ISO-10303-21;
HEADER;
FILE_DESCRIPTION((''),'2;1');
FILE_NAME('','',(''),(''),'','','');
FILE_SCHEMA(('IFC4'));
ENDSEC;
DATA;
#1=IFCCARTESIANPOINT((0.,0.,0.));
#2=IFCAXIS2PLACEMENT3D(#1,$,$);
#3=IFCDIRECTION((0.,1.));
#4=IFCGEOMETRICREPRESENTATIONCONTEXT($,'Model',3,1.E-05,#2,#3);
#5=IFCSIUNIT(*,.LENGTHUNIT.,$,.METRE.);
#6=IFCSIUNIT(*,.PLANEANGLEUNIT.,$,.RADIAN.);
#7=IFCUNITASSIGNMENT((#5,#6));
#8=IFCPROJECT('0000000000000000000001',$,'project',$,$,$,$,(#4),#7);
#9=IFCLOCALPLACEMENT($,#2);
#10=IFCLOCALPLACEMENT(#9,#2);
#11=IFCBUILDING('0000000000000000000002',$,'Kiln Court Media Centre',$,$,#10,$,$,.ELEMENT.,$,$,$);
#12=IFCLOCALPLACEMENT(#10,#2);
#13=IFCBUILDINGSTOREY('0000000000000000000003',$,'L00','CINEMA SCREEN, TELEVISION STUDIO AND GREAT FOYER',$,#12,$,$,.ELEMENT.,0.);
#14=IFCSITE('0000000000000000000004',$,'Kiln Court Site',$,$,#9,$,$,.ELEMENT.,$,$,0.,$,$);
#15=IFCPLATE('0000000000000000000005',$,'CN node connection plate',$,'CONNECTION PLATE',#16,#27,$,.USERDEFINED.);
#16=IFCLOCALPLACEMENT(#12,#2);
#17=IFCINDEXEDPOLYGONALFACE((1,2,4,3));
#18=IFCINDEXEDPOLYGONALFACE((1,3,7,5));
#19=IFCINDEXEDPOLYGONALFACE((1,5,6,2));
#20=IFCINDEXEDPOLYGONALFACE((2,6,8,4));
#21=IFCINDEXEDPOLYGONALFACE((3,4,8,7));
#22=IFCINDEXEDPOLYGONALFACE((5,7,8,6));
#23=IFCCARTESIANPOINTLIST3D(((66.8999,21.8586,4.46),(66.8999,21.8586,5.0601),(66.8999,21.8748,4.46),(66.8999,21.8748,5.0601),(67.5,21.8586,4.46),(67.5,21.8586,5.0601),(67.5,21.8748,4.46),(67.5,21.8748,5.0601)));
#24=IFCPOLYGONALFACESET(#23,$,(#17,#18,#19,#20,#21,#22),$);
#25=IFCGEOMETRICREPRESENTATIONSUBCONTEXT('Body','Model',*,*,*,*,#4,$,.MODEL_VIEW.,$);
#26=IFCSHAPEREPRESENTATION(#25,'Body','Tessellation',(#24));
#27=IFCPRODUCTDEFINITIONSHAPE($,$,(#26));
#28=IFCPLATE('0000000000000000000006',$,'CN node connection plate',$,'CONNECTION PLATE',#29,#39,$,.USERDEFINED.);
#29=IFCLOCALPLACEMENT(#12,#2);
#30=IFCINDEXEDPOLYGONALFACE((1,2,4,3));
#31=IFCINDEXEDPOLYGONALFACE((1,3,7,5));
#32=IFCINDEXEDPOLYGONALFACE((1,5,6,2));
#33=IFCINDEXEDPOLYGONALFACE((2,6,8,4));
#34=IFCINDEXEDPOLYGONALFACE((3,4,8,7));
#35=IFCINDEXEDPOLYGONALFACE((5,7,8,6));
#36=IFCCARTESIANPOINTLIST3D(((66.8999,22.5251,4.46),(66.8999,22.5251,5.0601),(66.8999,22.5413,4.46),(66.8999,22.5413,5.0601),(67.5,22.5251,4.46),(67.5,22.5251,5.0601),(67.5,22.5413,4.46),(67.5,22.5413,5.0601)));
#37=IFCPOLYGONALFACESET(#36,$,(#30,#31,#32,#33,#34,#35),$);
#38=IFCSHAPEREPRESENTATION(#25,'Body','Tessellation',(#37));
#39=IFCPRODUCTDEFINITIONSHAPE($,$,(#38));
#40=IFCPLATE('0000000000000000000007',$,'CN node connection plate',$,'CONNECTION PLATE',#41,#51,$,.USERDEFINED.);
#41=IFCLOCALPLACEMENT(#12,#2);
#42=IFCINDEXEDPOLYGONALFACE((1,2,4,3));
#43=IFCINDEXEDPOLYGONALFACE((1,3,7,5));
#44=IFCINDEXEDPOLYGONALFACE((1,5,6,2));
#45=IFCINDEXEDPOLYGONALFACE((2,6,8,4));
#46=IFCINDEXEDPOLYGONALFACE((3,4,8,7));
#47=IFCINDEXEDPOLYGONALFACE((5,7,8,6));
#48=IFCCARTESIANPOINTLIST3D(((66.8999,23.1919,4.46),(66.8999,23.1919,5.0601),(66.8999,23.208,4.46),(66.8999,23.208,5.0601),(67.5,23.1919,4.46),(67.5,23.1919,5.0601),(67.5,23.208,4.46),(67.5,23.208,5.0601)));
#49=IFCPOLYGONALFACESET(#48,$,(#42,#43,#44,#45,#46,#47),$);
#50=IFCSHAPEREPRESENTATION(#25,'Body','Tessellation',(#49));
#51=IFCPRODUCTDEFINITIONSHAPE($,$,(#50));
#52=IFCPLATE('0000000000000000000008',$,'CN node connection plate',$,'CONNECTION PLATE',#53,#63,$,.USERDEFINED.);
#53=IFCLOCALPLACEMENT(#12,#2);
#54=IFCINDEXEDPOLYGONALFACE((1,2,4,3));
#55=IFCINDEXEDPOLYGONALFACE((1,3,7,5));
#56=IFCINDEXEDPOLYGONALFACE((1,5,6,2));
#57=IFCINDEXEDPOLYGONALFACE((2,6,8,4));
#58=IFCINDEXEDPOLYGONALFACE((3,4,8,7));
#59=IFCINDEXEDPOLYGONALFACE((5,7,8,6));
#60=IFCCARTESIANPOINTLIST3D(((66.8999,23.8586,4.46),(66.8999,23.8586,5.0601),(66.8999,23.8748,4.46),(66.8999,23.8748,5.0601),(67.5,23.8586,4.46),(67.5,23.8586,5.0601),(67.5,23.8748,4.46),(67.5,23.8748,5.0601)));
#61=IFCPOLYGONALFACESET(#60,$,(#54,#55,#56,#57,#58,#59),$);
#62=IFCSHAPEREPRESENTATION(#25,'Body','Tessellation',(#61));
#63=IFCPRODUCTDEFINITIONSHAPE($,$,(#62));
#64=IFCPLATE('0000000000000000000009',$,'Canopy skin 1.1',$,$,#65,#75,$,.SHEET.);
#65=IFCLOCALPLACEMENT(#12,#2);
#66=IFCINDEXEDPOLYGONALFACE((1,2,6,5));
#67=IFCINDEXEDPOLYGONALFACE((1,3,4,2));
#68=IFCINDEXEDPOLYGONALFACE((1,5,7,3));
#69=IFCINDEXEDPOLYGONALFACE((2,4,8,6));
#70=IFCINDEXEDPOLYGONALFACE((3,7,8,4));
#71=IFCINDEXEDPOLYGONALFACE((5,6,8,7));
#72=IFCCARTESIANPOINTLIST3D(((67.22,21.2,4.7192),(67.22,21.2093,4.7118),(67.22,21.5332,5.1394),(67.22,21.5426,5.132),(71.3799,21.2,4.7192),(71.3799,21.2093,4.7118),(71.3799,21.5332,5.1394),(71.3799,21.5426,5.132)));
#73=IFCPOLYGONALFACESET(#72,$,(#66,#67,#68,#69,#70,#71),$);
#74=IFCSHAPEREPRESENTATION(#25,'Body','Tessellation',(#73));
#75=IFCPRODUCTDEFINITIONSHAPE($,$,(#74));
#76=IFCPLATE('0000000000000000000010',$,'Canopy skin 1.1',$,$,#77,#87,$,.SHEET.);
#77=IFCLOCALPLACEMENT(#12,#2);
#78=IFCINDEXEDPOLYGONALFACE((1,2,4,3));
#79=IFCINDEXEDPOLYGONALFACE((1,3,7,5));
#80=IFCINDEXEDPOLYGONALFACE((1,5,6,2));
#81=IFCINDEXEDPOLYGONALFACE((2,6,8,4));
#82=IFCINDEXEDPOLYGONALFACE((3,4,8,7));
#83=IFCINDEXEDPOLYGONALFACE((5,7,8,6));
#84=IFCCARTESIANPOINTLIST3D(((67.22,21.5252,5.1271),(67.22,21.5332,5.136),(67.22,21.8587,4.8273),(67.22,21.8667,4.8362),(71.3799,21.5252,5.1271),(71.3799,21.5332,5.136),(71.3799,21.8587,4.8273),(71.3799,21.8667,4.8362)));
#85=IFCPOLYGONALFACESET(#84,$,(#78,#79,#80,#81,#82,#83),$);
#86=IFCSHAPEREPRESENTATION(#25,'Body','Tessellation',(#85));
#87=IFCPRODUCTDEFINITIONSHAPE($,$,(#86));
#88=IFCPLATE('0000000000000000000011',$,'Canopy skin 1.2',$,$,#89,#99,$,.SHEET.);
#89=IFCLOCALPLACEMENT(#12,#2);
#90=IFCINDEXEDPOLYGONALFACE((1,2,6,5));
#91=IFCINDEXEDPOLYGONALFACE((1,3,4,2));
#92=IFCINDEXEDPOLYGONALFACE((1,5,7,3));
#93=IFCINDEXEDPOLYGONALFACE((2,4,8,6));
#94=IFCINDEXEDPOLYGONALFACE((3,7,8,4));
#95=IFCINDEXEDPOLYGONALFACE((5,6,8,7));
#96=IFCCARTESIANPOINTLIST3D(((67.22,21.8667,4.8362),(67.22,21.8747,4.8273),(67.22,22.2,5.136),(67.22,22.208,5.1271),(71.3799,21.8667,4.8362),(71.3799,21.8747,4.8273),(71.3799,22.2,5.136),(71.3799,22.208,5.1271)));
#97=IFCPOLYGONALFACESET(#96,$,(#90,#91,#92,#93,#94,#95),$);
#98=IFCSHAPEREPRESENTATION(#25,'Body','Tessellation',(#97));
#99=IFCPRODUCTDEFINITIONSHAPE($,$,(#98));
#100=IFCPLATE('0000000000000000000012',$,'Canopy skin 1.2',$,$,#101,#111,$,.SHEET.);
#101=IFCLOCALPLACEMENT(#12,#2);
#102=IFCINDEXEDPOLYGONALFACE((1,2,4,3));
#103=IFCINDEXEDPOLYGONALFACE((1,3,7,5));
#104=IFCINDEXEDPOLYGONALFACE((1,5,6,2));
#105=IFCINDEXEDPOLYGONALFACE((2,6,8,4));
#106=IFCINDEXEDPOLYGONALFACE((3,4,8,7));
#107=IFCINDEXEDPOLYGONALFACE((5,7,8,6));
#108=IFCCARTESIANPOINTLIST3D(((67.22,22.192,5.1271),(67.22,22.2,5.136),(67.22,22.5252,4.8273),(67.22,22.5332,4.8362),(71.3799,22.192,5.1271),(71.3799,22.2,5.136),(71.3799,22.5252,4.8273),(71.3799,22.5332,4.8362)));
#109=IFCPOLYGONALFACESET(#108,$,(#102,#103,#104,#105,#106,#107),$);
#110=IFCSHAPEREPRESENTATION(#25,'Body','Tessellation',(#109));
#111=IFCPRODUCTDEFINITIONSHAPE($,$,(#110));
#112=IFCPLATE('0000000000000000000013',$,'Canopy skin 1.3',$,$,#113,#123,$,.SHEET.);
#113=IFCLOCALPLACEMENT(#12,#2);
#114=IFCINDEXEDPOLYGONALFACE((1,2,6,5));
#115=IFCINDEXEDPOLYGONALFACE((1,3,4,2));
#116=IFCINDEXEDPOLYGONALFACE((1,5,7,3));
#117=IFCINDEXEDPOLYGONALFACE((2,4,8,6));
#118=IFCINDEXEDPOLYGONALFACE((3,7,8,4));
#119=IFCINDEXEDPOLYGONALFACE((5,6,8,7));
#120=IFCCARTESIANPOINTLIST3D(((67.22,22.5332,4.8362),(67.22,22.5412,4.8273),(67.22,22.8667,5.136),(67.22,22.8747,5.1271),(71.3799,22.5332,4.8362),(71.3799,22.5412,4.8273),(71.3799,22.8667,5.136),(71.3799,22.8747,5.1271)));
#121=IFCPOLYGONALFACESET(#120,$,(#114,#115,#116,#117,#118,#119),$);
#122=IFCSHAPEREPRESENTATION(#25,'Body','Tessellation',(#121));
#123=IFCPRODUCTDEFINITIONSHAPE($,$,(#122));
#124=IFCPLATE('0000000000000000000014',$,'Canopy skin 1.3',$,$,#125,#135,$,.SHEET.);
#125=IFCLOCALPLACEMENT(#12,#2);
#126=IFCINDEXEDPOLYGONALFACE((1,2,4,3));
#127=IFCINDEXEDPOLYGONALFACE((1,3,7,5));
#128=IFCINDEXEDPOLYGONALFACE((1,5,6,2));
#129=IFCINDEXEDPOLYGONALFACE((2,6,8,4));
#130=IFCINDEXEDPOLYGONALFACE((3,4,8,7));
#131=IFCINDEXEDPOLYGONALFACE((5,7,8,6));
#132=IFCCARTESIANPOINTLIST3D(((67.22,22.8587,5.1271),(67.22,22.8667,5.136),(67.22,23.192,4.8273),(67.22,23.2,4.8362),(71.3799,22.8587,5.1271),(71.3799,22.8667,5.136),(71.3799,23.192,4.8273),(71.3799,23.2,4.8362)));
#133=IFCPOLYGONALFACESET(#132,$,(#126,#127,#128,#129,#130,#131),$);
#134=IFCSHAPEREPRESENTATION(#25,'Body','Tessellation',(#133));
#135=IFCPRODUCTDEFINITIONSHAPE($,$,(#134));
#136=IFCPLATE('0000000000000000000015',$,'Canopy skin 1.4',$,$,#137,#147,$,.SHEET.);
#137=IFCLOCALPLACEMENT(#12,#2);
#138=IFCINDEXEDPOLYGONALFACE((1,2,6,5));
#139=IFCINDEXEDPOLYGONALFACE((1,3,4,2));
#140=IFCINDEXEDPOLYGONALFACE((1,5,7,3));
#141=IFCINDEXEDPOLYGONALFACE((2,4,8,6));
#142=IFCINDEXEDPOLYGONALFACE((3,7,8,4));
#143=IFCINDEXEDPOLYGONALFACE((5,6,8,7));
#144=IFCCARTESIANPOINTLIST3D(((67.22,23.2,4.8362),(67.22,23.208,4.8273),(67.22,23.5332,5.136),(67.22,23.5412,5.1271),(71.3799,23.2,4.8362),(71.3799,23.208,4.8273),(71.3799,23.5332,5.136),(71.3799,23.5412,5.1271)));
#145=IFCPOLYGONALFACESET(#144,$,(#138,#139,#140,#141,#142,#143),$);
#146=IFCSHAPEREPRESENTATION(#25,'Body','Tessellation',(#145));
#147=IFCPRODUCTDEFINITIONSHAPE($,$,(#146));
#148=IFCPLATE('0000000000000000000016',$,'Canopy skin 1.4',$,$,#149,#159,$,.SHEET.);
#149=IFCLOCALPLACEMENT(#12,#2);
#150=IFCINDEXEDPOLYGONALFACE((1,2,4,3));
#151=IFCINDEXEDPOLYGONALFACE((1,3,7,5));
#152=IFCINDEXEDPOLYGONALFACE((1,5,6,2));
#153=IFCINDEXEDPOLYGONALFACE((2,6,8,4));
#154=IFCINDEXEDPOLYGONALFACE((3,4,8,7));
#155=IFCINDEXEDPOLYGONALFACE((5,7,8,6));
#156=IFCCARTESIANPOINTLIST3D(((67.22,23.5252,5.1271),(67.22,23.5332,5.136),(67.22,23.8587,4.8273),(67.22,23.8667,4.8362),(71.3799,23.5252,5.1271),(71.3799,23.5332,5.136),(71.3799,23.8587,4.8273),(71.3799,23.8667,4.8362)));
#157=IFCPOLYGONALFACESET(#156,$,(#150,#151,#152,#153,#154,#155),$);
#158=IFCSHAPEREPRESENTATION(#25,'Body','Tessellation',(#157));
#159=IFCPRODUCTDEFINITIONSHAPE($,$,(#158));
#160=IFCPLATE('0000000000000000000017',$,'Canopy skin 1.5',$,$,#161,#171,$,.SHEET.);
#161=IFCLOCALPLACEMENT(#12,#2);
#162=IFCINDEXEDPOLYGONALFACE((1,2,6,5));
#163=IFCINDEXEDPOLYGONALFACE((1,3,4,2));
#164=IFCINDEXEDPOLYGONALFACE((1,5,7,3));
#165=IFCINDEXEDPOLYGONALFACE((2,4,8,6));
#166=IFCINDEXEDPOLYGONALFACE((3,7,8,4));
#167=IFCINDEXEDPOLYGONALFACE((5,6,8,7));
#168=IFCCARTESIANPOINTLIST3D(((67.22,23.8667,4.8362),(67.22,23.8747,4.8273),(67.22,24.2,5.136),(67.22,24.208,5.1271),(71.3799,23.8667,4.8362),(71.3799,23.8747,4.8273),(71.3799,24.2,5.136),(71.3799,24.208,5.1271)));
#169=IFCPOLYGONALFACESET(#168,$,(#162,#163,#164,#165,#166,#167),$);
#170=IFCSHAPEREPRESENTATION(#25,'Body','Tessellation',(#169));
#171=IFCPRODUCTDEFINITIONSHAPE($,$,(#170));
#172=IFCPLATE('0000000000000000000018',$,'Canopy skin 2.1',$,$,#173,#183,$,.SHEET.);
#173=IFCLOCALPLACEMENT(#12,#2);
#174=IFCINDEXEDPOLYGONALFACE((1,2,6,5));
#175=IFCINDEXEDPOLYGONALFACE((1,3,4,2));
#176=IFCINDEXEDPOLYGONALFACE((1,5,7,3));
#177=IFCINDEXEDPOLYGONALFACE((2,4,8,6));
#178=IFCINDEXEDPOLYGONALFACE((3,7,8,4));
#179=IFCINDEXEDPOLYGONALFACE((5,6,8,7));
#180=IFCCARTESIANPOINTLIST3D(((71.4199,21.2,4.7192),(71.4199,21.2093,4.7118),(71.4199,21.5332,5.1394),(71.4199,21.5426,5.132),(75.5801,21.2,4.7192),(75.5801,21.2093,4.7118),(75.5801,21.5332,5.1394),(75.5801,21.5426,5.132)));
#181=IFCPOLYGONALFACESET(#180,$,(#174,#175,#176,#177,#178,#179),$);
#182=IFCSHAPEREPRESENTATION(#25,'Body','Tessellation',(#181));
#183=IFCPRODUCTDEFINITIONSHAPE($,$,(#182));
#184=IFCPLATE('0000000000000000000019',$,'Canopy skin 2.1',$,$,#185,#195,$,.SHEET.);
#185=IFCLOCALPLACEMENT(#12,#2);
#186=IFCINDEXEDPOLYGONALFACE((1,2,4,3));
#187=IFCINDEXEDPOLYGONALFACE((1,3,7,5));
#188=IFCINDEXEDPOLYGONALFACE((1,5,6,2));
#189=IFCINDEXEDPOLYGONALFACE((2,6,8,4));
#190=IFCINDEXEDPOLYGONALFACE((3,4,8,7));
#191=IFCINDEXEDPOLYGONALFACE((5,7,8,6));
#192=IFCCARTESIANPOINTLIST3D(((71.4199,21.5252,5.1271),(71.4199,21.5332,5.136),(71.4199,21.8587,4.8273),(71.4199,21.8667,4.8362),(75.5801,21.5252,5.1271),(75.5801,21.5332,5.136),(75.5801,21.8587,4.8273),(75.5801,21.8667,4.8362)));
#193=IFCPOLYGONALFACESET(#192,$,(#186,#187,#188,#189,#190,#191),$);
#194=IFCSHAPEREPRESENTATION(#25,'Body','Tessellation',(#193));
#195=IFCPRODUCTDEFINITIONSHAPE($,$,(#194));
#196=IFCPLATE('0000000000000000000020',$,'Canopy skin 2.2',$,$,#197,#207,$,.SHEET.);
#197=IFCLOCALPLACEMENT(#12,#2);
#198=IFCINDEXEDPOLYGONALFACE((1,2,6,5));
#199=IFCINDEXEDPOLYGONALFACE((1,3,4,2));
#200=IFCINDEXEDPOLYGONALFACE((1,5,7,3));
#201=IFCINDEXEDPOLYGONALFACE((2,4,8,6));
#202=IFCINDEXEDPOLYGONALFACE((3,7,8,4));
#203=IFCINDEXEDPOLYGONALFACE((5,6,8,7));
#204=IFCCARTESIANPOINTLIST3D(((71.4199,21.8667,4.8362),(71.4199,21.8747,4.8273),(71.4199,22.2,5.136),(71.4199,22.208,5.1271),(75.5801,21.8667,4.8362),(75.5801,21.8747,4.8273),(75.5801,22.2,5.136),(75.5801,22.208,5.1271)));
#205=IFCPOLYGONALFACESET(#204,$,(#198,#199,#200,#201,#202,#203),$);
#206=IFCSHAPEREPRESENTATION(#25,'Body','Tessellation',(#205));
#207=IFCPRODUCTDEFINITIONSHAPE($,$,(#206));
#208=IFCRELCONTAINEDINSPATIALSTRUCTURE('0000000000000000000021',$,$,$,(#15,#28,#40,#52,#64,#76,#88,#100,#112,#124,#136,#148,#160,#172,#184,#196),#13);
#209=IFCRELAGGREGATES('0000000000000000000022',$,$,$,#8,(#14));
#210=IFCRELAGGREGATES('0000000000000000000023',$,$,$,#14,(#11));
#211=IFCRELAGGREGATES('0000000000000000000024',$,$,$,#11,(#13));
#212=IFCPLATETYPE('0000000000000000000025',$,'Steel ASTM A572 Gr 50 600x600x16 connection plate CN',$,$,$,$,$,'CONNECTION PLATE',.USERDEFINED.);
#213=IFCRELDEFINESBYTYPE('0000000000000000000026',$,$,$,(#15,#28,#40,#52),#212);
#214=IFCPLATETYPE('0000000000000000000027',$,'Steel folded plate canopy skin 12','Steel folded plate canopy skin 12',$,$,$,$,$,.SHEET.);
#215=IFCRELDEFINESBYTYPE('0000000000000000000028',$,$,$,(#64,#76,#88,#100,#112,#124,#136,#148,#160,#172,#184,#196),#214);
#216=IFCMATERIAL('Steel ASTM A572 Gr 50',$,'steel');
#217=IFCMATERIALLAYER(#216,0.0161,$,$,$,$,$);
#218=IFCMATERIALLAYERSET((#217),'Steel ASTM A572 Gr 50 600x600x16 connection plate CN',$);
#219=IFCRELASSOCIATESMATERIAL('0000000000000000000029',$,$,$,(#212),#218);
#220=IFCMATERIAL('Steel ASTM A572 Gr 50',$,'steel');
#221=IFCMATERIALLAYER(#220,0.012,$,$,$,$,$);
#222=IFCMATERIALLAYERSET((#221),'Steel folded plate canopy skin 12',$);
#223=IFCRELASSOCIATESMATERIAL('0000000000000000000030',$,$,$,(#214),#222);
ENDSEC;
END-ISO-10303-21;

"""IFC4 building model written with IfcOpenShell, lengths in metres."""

from ifc_helpers import new_model, si_unit, direction, frame, origin, origin_2d, place, context, subcontext, project, spatial, polyline, rectangle, outline, extrude, material, layer, layer_set, type_object, element, save


model = new_model("IFC4")

# Units and contexts
model_context = context("Model", 3, precision=1e-05, world=origin(), true_north=direction((0.0, 1.0)))
body_context = subcontext(model_context, "Body", "Model", "MODEL_VIEW")
ifc_project = project(units=[si_unit("LENGTHUNIT", "METRE"), si_unit("PLANEANGLEUNIT", "RADIAN")], contexts=[model_context])

# Site, building, storey
site_placement = place(None, origin())
site = spatial("IfcSite", under=ifc_project, at=site_placement, Name="Kiln Court Site", CompositionType="ELEMENT", RefElevation=0.0)
building_placement = place(site_placement, origin())
building = spatial("IfcBuilding", under=site, at=building_placement, Name="Kiln Court Media Centre", CompositionType="ELEMENT")
storey_placement = place(building_placement, origin())
storey = spatial("IfcBuildingStorey", under=building, at=storey_placement, Name="L00", Description="CINEMA SCREEN, TELEVISION STUDIO AND GREAT FOYER", CompositionType="ELEMENT", Elevation=0.0)

# Plates
ifc_material_1 = material(Name="Steel ASTM A572 Gr 50", Category="steel")
ifc_layer_1 = layer(ifc_material_1, 0.0161)
ifc_layer_set_1 = layer_set([ifc_layer_1], Name="Steel ASTM A572 Gr 50 600x600x16 connection plate CN")
plate_type_1 = type_object("IfcPlateType", Name="Steel ASTM A572 Gr 50 600x600x16 connection plate CN", ElementType="CONNECTION PLATE", PredefinedType="USERDEFINED", material=ifc_layer_set_1)
for number, where, z_axis, x_axis, name in (
    (1, (67.2, 21.8667, 4.46), (0.0, 0.0, 1.0), (1.0, 0.0, 0.0), "CN node connection plate"),
    (2, (67.2, 22.5332, 4.46), (0.0, 0.0, 1.0), (1.0, 0.0, 0.0), "CN node connection plate"),
    (3, (67.2, 23.2, 4.46), (0.0, 0.0, 1.0), (1.0, 0.0, 0.0), "CN node connection plate"),
    (4, (67.2, 23.8667, 4.46), (0.0, 0.0, 1.0), (1.0, 0.0, 0.0), "CN node connection plate"),
):
    element("IfcPlate", number, at=place(storey_placement, frame(where, z_axis=z_axis, x_axis=x_axis)), inside=storey, type_object=plate_type_1, Name=name, ObjectType="CONNECTION PLATE", PredefinedType="USERDEFINED", context=body_context, shape_type="SweptSolid", body=[
        extrude(rectangle(XDim=0.6001, YDim=0.0161, at=origin_2d()), origin(), (0.0, 0.0, 1.0), 0.6001),
    ])
ifc_material_2 = material(Name="Steel ASTM A572 Gr 50", Category="steel")
ifc_layer_2 = layer(ifc_material_2, 0.012)
ifc_layer_set_2 = layer_set([ifc_layer_2], Name="Steel folded plate canopy skin 12")
plate_type_2 = type_object("IfcPlateType", Name="Steel folded plate canopy skin 12", Description="Steel folded plate canopy skin 12", PredefinedType="SHEET", material=ifc_layer_set_2)
plate_1_placement = place(storey_placement, frame((67.22, 21.2, 4.7192), z_axis=(0.0, -0.783482, 0.621414), x_axis=(1.0, 0.0, 0.0)))
element("IfcPlate", 5, at=plate_1_placement, inside=storey, type_object=plate_type_2, Name="Canopy skin 1.1", PredefinedType="SHEET", context=body_context, shape_type="SweptSolid", body=[
    extrude(outline(polyline([(0.0, 0.0), (4.1599, 0.0), (4.1599, 0.5363), (0.0, 0.5363), (0.0, 0.0)])), origin(), (0.0, 0.0, -1.0), 0.012),
])
plate_2_placement = place(storey_placement, frame((67.22, 21.5332, 5.136), z_axis=(0.0, 0.668544, 0.743673), x_axis=(1.0, 0.0, 0.0)))
element("IfcPlate", 6, at=plate_2_placement, inside=storey, type_object=plate_type_2, Name="Canopy skin 1.1", PredefinedType="SHEET", context=body_context, shape_type="SweptSolid", body=[
    extrude(outline(polyline([(0.0, 0.0), (4.1599, 0.0), (4.1599, 0.4484), (0.0, 0.4484), (0.0, 0.0)])), origin(), (0.0, 0.0, -1.0), 0.012),
])
for number, where, z_axis, x_axis, name in (
    (7, (67.22, 21.8667, 4.8362), (0.0, -0.668814, 0.74343), (1.0, 0.0, 0.0), "Canopy skin 1.2"),
    (8, (67.22, 22.2, 5.136), (0.0, 0.668814, 0.74343), (1.0, 0.0, 0.0), "Canopy skin 1.2"),
):
    element("IfcPlate", number, at=place(storey_placement, frame(where, z_axis=z_axis, x_axis=x_axis)), inside=storey, type_object=plate_type_2, Name=name, PredefinedType="SHEET", context=body_context, shape_type="SweptSolid", body=[
        extrude(outline(polyline([(0.0, 0.0), (4.1599, 0.0), (4.1599, 0.4483), (0.0, 0.4483), (0.0, 0.0)])), origin(), (0.0, 0.0, -1.0), 0.012),
    ])
plate_3_placement = place(storey_placement, frame((67.22, 22.5332, 4.8362), z_axis=(0.0, -0.668544, 0.743673), x_axis=(1.0, 0.0, 0.0)))
element("IfcPlate", 9, at=plate_3_placement, inside=storey, type_object=plate_type_2, Name="Canopy skin 1.3", PredefinedType="SHEET", context=body_context, shape_type="SweptSolid", body=[
    extrude(outline(polyline([(0.0, 0.0), (4.1599, 0.0), (4.1599, 0.4484), (0.0, 0.4484), (0.0, 0.0)])), origin(), (0.0, 0.0, -1.0), 0.012),
])
for number, where, z_axis, x_axis, name in (
    (10, (67.22, 22.8667, 5.136), (0.0, 0.668814, 0.74343), (1.0, 0.0, 0.0), "Canopy skin 1.3"),
    (11, (67.22, 23.2, 4.8362), (0.0, -0.668814, 0.74343), (1.0, 0.0, 0.0), "Canopy skin 1.4"),
):
    element("IfcPlate", number, at=place(storey_placement, frame(where, z_axis=z_axis, x_axis=x_axis)), inside=storey, type_object=plate_type_2, Name=name, PredefinedType="SHEET", context=body_context, shape_type="SweptSolid", body=[
        extrude(outline(polyline([(0.0, 0.0), (4.1599, 0.0), (4.1599, 0.4483), (0.0, 0.4483), (0.0, 0.0)])), origin(), (0.0, 0.0, -1.0), 0.012),
    ])
plate_4_placement = place(storey_placement, frame((67.22, 23.5332, 5.136), z_axis=(0.0, 0.668544, 0.743673), x_axis=(1.0, 0.0, 0.0)))
element("IfcPlate", 12, at=plate_4_placement, inside=storey, type_object=plate_type_2, Name="Canopy skin 1.4", PredefinedType="SHEET", context=body_context, shape_type="SweptSolid", body=[
    extrude(outline(polyline([(0.0, 0.0), (4.1599, 0.0), (4.1599, 0.4484), (0.0, 0.4484), (0.0, 0.0)])), origin(), (0.0, 0.0, -1.0), 0.012),
])
plate_5_placement = place(storey_placement, frame((67.22, 23.8667, 4.8362), z_axis=(0.0, -0.668814, 0.74343), x_axis=(1.0, 0.0, 0.0)))
element("IfcPlate", 13, at=plate_5_placement, inside=storey, type_object=plate_type_2, Name="Canopy skin 1.5", PredefinedType="SHEET", context=body_context, shape_type="SweptSolid", body=[
    extrude(outline(polyline([(0.0, 0.0), (4.1599, 0.0), (4.1599, 0.4483), (0.0, 0.4483), (0.0, 0.0)])), origin(), (0.0, 0.0, -1.0), 0.012),
])
plate_6_placement = place(storey_placement, frame((71.4199, 21.2, 4.7192), z_axis=(0.0, -0.783482, 0.621414), x_axis=(1.0, 0.0, 0.0)))
element("IfcPlate", 14, at=plate_6_placement, inside=storey, type_object=plate_type_2, Name="Canopy skin 2.1", PredefinedType="SHEET", context=body_context, shape_type="SweptSolid", body=[
    extrude(outline(polyline([(0.0, 0.0), (4.1602, 0.0), (4.1602, 0.5363), (0.0, 0.5363), (0.0, 0.0)])), origin(), (0.0, 0.0, -1.0), 0.012),
])
plate_7_placement = place(storey_placement, frame((71.4199, 21.5332, 5.136), z_axis=(0.0, 0.668544, 0.743673), x_axis=(1.0, 0.0, 0.0)))
element("IfcPlate", 15, at=plate_7_placement, inside=storey, type_object=plate_type_2, Name="Canopy skin 2.1", PredefinedType="SHEET", context=body_context, shape_type="SweptSolid", body=[
    extrude(outline(polyline([(0.0, 0.0), (4.1602, 0.0), (4.1602, 0.4484), (0.0, 0.4484), (0.0, 0.0)])), origin(), (0.0, 0.0, -1.0), 0.012),
])
for number, where, z_axis, x_axis, name in (
    (16, (71.4199, 21.8667, 4.8362), (0.0, -0.668814, 0.74343), (1.0, 0.0, 0.0), "Canopy skin 2.2"),
):
    element("IfcPlate", number, at=place(storey_placement, frame(where, z_axis=z_axis, x_axis=x_axis)), inside=storey, type_object=plate_type_2, Name=name, PredefinedType="SHEET", context=body_context, shape_type="SweptSolid", body=[
        extrude(outline(polyline([(0.0, 0.0), (4.1602, 0.0), (4.1602, 0.4483), (0.0, 0.4483), (0.0, 0.0)])), origin(), (0.0, 0.0, -1.0), 0.012),
    ])

save(model, "model.ifc")
